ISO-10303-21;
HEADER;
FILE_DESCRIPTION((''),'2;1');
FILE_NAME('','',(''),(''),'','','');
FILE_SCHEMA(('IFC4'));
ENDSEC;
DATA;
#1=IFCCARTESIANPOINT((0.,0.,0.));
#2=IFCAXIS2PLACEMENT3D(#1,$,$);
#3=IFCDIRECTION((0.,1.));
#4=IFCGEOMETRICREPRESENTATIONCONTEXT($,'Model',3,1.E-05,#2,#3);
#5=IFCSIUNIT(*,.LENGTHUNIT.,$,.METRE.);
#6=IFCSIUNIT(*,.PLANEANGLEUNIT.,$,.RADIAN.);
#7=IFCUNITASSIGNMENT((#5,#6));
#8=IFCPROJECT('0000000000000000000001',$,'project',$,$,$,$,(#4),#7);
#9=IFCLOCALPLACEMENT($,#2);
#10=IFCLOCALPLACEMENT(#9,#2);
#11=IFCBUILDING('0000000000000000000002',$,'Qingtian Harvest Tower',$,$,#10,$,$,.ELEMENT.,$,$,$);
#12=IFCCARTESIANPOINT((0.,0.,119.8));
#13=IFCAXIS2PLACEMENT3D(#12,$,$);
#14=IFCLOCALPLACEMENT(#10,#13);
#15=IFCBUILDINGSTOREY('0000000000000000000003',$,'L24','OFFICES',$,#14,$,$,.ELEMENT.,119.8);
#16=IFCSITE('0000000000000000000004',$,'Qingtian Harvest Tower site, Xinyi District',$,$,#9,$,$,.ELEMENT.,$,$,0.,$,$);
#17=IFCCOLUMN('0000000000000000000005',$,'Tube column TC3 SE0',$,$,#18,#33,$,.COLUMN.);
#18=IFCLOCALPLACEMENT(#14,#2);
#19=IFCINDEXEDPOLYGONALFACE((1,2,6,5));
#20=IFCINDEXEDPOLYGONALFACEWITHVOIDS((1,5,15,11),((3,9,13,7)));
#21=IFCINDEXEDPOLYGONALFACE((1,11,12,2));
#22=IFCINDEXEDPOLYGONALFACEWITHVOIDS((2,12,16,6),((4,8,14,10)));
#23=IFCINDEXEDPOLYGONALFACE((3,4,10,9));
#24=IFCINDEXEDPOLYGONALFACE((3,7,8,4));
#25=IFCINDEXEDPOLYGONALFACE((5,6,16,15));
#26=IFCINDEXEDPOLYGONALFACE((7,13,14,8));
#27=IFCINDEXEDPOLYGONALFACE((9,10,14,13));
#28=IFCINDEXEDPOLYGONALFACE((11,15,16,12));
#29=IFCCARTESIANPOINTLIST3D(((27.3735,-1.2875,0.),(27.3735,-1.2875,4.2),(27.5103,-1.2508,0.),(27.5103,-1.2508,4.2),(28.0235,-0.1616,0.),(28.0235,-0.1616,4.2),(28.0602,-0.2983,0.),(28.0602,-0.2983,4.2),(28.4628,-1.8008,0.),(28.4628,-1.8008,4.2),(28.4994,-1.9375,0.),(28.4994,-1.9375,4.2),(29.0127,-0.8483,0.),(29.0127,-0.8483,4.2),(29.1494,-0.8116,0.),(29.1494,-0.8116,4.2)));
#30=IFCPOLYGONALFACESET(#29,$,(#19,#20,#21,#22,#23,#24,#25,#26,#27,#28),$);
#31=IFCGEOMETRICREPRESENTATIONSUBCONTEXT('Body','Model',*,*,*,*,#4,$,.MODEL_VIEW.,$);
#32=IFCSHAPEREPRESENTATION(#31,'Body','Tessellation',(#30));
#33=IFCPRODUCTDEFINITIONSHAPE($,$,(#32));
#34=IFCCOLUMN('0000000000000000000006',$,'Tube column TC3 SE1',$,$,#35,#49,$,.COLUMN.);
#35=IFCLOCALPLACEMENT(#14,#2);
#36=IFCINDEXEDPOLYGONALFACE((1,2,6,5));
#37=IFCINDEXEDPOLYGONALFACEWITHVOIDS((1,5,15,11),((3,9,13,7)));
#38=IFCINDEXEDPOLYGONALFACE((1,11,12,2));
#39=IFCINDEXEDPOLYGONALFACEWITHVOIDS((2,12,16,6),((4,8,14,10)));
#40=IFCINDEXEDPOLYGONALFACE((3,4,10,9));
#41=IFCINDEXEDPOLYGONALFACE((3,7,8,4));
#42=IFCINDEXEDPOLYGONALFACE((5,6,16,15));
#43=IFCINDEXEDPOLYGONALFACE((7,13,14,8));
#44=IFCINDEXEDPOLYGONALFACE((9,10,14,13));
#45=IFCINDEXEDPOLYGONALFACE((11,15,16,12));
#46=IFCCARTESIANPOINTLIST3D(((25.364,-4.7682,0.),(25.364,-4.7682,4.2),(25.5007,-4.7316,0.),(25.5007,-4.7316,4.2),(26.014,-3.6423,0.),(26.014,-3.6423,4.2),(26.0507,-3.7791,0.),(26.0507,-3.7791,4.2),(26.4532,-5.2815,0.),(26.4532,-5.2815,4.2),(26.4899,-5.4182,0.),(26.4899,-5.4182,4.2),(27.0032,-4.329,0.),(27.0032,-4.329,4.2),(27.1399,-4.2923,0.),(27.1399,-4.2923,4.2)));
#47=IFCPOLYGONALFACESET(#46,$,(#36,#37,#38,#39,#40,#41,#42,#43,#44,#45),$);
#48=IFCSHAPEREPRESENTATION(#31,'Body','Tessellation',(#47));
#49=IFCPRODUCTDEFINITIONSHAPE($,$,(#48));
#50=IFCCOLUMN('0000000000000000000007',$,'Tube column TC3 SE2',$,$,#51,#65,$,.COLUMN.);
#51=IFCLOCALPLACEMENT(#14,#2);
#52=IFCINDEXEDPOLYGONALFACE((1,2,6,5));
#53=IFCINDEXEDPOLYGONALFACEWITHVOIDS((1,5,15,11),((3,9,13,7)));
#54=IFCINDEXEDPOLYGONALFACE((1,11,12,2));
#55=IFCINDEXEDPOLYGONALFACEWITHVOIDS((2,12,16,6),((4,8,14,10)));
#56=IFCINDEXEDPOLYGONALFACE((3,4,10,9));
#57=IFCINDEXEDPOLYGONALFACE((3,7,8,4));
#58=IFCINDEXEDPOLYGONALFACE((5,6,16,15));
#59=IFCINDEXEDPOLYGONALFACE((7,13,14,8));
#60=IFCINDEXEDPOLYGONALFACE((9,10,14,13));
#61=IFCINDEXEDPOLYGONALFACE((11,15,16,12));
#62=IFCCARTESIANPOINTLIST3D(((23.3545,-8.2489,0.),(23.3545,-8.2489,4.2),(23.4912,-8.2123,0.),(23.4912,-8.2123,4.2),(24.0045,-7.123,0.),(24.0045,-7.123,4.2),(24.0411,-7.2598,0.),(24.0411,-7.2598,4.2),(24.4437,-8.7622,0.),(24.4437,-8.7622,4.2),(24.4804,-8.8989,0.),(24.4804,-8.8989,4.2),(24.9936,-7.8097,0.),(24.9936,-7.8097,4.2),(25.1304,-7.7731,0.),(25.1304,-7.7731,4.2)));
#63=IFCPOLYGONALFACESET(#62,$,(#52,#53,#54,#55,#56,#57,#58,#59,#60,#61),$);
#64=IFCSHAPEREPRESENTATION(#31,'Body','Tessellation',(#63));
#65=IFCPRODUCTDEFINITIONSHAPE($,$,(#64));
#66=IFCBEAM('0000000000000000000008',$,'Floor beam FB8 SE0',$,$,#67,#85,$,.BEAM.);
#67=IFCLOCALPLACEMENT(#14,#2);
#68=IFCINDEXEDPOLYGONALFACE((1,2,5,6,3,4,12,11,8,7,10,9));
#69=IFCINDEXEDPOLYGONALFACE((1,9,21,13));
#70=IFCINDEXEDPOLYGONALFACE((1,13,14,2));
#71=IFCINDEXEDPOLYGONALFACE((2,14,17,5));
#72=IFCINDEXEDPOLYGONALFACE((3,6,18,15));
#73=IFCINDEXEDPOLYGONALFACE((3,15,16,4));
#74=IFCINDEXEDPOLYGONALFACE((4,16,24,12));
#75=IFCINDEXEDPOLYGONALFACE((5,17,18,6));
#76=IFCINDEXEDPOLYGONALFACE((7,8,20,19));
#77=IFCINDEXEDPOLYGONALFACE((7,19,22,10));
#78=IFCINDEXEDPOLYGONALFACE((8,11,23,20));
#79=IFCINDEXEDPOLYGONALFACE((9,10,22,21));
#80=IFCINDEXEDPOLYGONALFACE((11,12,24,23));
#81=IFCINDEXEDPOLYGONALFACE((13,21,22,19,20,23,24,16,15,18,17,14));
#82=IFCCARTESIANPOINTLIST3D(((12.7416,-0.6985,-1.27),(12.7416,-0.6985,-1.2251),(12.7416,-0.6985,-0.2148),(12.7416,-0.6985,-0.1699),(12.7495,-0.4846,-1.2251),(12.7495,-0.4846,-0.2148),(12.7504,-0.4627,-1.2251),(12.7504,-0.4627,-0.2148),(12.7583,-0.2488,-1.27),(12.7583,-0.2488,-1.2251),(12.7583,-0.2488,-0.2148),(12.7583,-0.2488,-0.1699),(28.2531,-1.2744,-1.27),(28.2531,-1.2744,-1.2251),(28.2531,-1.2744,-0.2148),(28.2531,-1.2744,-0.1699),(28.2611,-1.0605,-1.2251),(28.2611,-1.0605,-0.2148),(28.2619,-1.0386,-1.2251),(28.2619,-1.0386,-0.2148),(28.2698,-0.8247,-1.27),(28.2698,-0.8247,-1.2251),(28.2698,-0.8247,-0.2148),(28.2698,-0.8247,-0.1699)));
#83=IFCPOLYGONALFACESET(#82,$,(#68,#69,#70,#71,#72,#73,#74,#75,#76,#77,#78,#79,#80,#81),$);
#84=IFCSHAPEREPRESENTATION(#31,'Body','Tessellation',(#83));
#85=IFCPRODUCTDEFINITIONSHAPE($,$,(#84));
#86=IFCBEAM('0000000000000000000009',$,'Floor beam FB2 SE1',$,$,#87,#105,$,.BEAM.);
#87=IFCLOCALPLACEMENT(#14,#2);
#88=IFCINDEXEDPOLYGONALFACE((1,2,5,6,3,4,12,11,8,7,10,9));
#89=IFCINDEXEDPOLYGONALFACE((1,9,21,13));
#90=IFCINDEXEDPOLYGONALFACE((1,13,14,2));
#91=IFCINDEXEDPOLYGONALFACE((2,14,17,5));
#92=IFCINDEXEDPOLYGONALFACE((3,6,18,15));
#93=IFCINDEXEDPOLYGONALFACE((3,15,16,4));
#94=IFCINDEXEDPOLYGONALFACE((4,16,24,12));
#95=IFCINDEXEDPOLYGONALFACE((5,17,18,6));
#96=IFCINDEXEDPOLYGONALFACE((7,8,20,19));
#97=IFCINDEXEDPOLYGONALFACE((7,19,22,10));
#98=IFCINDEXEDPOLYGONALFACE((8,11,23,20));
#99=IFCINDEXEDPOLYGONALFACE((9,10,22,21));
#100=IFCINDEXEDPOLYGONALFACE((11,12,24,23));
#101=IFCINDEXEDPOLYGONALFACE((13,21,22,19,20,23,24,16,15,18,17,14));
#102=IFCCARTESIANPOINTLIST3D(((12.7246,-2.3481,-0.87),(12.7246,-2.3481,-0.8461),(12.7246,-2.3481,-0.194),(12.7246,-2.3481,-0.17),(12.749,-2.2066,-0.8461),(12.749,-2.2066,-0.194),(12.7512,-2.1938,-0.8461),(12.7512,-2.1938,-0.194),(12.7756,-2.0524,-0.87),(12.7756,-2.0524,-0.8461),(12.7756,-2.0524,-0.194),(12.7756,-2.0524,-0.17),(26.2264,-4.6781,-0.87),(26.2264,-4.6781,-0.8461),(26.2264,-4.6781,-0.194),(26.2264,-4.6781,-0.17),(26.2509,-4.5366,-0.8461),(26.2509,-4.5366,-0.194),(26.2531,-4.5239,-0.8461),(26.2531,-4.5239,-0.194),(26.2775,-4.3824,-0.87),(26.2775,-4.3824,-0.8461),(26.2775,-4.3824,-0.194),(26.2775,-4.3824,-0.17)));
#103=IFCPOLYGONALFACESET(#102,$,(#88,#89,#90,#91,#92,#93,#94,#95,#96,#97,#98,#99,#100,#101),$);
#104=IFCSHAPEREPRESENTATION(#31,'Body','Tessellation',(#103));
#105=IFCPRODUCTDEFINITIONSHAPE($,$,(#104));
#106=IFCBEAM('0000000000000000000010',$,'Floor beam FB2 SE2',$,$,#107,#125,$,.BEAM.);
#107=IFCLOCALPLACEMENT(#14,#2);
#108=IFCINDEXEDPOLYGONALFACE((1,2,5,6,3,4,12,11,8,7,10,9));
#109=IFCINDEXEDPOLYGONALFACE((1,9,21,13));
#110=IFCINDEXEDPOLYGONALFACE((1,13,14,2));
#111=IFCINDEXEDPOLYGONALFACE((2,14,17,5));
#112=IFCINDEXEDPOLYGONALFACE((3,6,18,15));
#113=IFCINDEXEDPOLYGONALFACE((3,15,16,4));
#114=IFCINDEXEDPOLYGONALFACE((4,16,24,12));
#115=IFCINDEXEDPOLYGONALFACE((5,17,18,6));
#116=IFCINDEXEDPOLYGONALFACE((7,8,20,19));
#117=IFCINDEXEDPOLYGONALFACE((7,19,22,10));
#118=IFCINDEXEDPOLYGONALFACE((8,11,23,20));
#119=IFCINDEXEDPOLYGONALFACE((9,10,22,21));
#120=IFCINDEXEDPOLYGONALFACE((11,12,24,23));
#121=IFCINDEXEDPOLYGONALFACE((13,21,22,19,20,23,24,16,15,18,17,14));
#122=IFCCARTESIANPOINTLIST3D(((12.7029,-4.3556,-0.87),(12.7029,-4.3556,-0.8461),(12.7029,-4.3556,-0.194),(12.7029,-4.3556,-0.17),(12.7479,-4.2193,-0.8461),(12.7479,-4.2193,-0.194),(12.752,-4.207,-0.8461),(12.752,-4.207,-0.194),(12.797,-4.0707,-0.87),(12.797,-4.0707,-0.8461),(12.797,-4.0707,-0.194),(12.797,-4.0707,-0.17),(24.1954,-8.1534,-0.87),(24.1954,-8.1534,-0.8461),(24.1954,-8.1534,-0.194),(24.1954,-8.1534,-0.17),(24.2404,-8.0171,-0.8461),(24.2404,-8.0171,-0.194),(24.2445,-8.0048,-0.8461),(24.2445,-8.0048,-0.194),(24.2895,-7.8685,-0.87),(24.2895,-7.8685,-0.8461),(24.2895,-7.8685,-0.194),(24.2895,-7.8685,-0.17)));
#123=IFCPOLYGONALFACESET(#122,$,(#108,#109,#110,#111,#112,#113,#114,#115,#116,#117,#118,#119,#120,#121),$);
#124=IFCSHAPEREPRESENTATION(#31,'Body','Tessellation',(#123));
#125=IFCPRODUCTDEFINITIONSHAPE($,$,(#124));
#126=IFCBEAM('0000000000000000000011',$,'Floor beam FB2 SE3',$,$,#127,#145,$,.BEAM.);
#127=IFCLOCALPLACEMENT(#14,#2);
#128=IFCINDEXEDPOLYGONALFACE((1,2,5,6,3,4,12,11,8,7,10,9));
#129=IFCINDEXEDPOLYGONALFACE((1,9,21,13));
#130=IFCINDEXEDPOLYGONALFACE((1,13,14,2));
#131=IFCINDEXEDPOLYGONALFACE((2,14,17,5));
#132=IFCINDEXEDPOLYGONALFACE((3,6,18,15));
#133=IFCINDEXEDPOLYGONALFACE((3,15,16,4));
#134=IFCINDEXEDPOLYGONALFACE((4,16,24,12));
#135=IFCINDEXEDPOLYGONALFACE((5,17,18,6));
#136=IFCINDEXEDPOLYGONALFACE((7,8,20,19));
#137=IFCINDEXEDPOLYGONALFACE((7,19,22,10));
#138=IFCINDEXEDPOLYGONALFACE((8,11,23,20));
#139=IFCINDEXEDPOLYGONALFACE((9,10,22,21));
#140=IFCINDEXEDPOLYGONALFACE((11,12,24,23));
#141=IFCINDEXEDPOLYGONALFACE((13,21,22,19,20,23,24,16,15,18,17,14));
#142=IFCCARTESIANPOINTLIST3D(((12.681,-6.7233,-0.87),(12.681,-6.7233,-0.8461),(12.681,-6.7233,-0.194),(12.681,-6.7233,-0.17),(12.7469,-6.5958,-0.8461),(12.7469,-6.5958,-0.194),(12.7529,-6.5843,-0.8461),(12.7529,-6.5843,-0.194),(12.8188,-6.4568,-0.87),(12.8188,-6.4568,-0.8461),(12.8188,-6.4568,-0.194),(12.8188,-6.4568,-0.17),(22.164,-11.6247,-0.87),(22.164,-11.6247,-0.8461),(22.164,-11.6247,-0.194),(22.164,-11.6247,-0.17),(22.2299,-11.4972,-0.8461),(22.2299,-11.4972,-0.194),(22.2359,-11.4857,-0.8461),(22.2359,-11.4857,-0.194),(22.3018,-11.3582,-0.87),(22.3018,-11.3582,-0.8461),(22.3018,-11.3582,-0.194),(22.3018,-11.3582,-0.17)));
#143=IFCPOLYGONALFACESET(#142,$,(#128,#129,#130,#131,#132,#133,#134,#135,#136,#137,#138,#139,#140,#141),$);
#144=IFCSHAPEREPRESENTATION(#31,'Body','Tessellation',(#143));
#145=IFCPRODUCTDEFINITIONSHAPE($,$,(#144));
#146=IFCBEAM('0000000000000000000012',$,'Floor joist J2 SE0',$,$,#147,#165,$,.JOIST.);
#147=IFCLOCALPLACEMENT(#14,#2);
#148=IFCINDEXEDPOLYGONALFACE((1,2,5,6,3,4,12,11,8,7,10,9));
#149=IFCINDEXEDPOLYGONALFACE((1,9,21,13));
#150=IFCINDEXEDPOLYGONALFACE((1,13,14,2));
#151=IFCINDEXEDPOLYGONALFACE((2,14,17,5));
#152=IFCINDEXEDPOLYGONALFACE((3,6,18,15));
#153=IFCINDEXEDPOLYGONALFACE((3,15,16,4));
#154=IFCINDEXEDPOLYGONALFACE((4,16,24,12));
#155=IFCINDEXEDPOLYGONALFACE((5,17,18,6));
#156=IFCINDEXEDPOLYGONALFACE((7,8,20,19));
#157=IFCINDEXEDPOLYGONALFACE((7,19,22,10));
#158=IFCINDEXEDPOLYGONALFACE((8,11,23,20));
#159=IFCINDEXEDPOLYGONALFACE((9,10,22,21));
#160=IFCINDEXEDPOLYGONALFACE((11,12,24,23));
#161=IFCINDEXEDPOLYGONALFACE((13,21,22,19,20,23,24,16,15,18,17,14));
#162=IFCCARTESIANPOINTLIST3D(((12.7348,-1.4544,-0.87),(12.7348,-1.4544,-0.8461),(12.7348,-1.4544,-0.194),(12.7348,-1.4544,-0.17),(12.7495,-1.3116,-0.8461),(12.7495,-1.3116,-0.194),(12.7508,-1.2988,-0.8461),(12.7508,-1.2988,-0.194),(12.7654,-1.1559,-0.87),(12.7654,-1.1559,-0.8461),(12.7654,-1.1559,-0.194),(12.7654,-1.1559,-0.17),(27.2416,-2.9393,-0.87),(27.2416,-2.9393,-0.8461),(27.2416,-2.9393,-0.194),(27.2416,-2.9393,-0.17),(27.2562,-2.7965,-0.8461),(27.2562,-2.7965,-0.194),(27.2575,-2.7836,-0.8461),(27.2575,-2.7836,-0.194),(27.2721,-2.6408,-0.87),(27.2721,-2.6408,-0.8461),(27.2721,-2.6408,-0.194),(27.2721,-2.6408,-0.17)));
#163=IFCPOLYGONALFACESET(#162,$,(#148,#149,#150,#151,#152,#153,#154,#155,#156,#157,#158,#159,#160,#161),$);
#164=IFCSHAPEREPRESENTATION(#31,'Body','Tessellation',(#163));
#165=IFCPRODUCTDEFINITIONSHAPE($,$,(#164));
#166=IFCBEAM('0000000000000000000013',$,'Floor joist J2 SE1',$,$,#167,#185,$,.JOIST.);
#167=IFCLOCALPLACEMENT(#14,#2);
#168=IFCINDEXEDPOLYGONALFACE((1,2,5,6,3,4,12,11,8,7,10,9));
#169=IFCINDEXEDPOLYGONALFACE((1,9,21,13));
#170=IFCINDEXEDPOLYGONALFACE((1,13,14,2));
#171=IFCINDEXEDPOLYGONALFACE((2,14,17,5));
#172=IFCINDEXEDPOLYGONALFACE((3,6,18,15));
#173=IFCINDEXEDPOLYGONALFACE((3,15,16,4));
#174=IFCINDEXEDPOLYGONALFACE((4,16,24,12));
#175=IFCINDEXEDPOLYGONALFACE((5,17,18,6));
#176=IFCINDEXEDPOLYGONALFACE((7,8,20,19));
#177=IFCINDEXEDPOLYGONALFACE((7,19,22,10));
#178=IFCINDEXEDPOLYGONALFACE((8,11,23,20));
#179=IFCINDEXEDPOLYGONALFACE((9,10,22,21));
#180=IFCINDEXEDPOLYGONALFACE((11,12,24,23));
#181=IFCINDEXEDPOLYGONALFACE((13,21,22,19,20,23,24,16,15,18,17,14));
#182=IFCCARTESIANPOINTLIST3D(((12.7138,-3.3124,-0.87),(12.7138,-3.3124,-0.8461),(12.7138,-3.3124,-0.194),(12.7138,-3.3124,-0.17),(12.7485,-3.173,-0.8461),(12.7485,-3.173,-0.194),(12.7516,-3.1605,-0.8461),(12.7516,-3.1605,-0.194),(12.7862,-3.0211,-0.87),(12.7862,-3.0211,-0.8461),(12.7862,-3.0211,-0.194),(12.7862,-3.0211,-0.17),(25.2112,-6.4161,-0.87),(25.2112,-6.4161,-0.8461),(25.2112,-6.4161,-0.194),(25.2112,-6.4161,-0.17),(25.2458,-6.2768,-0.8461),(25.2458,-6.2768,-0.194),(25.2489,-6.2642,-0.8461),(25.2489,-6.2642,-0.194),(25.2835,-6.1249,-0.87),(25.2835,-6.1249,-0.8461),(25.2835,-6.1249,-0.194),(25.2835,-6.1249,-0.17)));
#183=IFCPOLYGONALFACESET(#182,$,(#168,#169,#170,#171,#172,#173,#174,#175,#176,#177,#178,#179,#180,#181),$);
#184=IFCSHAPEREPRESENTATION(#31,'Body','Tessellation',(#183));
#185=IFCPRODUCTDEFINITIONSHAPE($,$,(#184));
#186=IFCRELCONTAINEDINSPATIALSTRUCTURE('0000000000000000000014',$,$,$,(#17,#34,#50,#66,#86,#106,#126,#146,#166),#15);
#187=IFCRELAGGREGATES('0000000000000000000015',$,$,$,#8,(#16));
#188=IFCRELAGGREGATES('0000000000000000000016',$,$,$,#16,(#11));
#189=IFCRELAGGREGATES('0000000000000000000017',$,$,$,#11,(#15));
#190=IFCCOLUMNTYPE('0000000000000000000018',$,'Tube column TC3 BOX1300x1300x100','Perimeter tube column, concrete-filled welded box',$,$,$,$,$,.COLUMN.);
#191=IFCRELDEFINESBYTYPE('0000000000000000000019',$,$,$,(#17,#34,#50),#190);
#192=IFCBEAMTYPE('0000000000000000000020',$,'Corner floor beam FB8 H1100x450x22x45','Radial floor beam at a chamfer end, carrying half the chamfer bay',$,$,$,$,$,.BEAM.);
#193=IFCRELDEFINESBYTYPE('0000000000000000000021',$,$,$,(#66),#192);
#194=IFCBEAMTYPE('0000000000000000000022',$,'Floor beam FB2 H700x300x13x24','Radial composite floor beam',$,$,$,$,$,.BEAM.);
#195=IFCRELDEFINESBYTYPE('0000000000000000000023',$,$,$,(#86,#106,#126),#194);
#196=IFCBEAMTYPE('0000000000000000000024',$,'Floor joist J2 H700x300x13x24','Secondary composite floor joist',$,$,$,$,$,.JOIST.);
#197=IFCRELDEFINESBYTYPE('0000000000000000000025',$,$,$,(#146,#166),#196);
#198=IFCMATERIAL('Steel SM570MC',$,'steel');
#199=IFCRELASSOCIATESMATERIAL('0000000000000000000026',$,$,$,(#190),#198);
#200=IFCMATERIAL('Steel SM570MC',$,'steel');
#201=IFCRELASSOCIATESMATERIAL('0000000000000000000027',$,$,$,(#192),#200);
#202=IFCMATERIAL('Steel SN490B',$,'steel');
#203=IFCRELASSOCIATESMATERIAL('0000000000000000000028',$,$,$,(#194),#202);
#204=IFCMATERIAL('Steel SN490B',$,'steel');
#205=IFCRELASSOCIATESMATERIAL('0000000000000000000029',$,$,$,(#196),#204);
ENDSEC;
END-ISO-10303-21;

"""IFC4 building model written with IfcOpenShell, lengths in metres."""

from ifc_helpers import new_model, si_unit, direction, frame, origin, origin_2d, place, context, subcontext, project, spatial, hollow_rectangle, i_section, extrude, material, material_profile, profile_set, type_object, element, save


model = new_model("IFC4")

# Units and contexts
model_context = context("Model", 3, precision=1e-05, world=origin(), true_north=direction((0.0, 1.0)))
body_context = subcontext(model_context, "Body", "Model", "MODEL_VIEW")
ifc_project = project(units=[si_unit("LENGTHUNIT", "METRE"), si_unit("PLANEANGLEUNIT", "RADIAN")], contexts=[model_context])

# Site, building, storey
site_placement = place(None, origin())
site = spatial("IfcSite", under=ifc_project, at=site_placement, Name="Qingtian Harvest Tower site, Xinyi District", CompositionType="ELEMENT", RefElevation=0.0)
building_placement = place(site_placement, origin())
building = spatial("IfcBuilding", under=site, at=building_placement, Name="Qingtian Harvest Tower", CompositionType="ELEMENT")
storey_placement = place(building_placement, frame((0.0, 0.0, 119.8)))
storey = spatial("IfcBuildingStorey", under=building, at=storey_placement, Name="L24", Description="OFFICES", CompositionType="ELEMENT", Elevation=119.8)

# Columns
ifc_material_1 = material(Name="Steel SM570MC", Category="steel")
ifc_material_profile_1 = material_profile(ifc_material_1, hollow_rectangle(XDim=1.3, YDim=1.3, WallThickness=0.1001, at=origin_2d()), Name="BOX1300x1300x100")
ifc_profile_set_1 = profile_set([ifc_material_profile_1], Name="Steel SM570MC")
column_type = type_object("IfcColumnType", Name="Tube column TC3 BOX1300x1300x100", Description="Perimeter tube column, concrete-filled welded box", PredefinedType="COLUMN", material=ifc_profile_set_1)
for number, where, z_axis, x_axis, name in (
    (1, (28.2615, -1.0496, 0.0), (0.0, 0.0, 1.0), (0.5, 0.866025, 0.0), "Tube column TC3 SE0"),
    (2, (26.252, -4.5303, 0.0), (0.0, 0.0, 1.0), (0.5, 0.866025, 0.0), "Tube column TC3 SE1"),
    (3, (24.2424, -8.011, 0.0), (0.0, 0.0, 1.0), (0.5, 0.866025, 0.0), "Tube column TC3 SE2"),
):
    element("IfcColumn", number, at=place(storey_placement, frame(where, z_axis=z_axis, x_axis=x_axis)), inside=storey, type_object=column_type, Name=name, PredefinedType="COLUMN", context=body_context, shape_type="SweptSolid", body=[
        extrude(hollow_rectangle(XDim=1.3, YDim=1.3, WallThickness=0.1001, at=origin_2d()), origin(), (0.0, 0.0, 1.0), 4.2),
    ])

# Beams
ifc_material_2 = material(Name="Steel SM570MC", Category="steel")
ifc_material_profile_2 = material_profile(ifc_material_2, i_section(OverallWidth=0.45, OverallDepth=1.1001, WebThickness=0.022, FlangeThickness=0.0449, at=origin_2d()), Name="H1100x450x22x45")
ifc_profile_set_2 = profile_set([ifc_material_profile_2], Name="Steel SM570MC")
beam_type_1 = type_object("IfcBeamType", Name="Corner floor beam FB8 H1100x450x22x45", Description="Radial floor beam at a chamfer end, carrying half the chamfer bay", PredefinedType="BEAM", material=ifc_profile_set_2)
beam_1_placement = place(storey_placement, frame((28.2615, -1.0496, -0.72), z_axis=(-0.999311, 0.037104, 0.0), x_axis=(-0.037104, -0.999311, 0.0)))
element("IfcBeam", 4, at=beam_1_placement, inside=storey, type_object=beam_type_1, Name="Floor beam FB8 SE0", PredefinedType="BEAM", context=body_context, shape_type="SweptSolid", body=[
    extrude(i_section(OverallWidth=0.45, OverallDepth=1.1001, WebThickness=0.022, FlangeThickness=0.0449, at=origin_2d()), origin(), (0.0, 0.0, 1.0), 15.5222),
])
ifc_material_3 = material(Name="Steel SN490B", Category="steel")
ifc_material_profile_3 = material_profile(ifc_material_3, i_section(OverallWidth=0.3, OverallDepth=0.7, WebThickness=0.0129, FlangeThickness=0.0239, at=origin_2d()), Name="H700x300x13x24")
ifc_profile_set_3 = profile_set([ifc_material_profile_3], Name="Steel SN490B")
beam_type_2 = type_object("IfcBeamType", Name="Floor beam FB2 H700x300x13x24", Description="Radial composite floor beam", PredefinedType="BEAM", material=ifc_profile_set_3)
beam_2_placement = place(storey_placement, frame((26.252, -4.5303, -0.52), z_axis=(-0.985434, 0.17006, 0.0), x_axis=(-0.17006, -0.985434, 0.0)))
element("IfcBeam", 5, at=beam_2_placement, inside=storey, type_object=beam_type_2, Name="Floor beam FB2 SE1", PredefinedType="BEAM", context=body_context, shape_type="SweptSolid", body=[
    extrude(i_section(OverallWidth=0.3, OverallDepth=0.7, WebThickness=0.0129, FlangeThickness=0.0239, at=origin_2d()), origin(), (0.0, 0.0, 1.0), 13.7014),
])
beam_3_placement = place(storey_placement, frame((24.2424, -8.011, -0.52), z_axis=(-0.949497, 0.313776, 0.0), x_axis=(-0.313776, -0.949497, 0.0)))
element("IfcBeam", 6, at=beam_3_placement, inside=storey, type_object=beam_type_2, Name="Floor beam FB2 SE2", PredefinedType="BEAM", context=body_context, shape_type="SweptSolid", body=[
    extrude(i_section(OverallWidth=0.3, OverallDepth=0.7, WebThickness=0.0129, FlangeThickness=0.0239, at=origin_2d()), origin(), (0.0, 0.0, 1.0), 12.1038),
])
beam_4_placement = place(storey_placement, frame((22.2329, -11.4915, -0.52), z_axis=(-0.888355, 0.459158, 0.0), x_axis=(-0.459158, -0.888355, 0.0)))
element("IfcBeam", 7, at=beam_4_placement, inside=storey, type_object=beam_type_2, Name="Floor beam FB2 SE3", PredefinedType="BEAM", context=body_context, shape_type="SweptSolid", body=[
    extrude(i_section(OverallWidth=0.3, OverallDepth=0.7, WebThickness=0.0129, FlangeThickness=0.0239, at=origin_2d()), origin(), (0.0, 0.0, 1.0), 10.6748),
])
ifc_material_4 = material(Name="Steel SN490B", Category="steel")
ifc_material_profile_4 = material_profile(ifc_material_4, i_section(OverallWidth=0.3, OverallDepth=0.7, WebThickness=0.0129, FlangeThickness=0.0239, at=origin_2d()), Name="H700x300x13x24")
ifc_profile_set_4 = profile_set([ifc_material_profile_4], Name="Steel SN490B")
beam_type_3 = type_object("IfcBeamType", Name="Floor joist J2 H700x300x13x24", Description="Secondary composite floor joist", PredefinedType="JOIST", material=ifc_profile_set_4)
beam_5_placement = place(storey_placement, frame((27.2568, -2.79, -0.52), z_axis=(-0.994802, 0.101824, 0.0), x_axis=(-0.101824, -0.994802, 0.0)))
element("IfcBeam", 8, at=beam_5_placement, inside=storey, type_object=beam_type_3, Name="Floor joist J2 SE0", PredefinedType="JOIST", context=body_context, shape_type="SweptSolid", body=[
    extrude(i_section(OverallWidth=0.3, OverallDepth=0.7, WebThickness=0.0129, FlangeThickness=0.0239, at=origin_2d()), origin(), (0.0, 0.0, 1.0), 14.5825),
])
beam_6_placement = place(storey_placement, frame((25.2473, -6.2705, -0.52), z_axis=(-0.970517, 0.241032, 0.0), x_axis=(-0.241032, -0.970517, 0.0)))
element("IfcBeam", 9, at=beam_6_placement, inside=storey, type_object=beam_type_3, Name="Floor joist J2 SE1", PredefinedType="JOIST", context=body_context, shape_type="SweptSolid", body=[
    extrude(i_section(OverallWidth=0.3, OverallDepth=0.7, WebThickness=0.0129, FlangeThickness=0.0239, at=origin_2d()), origin(), (0.0, 0.0, 1.0), 12.877),
])

save(model, "model.ifc")
